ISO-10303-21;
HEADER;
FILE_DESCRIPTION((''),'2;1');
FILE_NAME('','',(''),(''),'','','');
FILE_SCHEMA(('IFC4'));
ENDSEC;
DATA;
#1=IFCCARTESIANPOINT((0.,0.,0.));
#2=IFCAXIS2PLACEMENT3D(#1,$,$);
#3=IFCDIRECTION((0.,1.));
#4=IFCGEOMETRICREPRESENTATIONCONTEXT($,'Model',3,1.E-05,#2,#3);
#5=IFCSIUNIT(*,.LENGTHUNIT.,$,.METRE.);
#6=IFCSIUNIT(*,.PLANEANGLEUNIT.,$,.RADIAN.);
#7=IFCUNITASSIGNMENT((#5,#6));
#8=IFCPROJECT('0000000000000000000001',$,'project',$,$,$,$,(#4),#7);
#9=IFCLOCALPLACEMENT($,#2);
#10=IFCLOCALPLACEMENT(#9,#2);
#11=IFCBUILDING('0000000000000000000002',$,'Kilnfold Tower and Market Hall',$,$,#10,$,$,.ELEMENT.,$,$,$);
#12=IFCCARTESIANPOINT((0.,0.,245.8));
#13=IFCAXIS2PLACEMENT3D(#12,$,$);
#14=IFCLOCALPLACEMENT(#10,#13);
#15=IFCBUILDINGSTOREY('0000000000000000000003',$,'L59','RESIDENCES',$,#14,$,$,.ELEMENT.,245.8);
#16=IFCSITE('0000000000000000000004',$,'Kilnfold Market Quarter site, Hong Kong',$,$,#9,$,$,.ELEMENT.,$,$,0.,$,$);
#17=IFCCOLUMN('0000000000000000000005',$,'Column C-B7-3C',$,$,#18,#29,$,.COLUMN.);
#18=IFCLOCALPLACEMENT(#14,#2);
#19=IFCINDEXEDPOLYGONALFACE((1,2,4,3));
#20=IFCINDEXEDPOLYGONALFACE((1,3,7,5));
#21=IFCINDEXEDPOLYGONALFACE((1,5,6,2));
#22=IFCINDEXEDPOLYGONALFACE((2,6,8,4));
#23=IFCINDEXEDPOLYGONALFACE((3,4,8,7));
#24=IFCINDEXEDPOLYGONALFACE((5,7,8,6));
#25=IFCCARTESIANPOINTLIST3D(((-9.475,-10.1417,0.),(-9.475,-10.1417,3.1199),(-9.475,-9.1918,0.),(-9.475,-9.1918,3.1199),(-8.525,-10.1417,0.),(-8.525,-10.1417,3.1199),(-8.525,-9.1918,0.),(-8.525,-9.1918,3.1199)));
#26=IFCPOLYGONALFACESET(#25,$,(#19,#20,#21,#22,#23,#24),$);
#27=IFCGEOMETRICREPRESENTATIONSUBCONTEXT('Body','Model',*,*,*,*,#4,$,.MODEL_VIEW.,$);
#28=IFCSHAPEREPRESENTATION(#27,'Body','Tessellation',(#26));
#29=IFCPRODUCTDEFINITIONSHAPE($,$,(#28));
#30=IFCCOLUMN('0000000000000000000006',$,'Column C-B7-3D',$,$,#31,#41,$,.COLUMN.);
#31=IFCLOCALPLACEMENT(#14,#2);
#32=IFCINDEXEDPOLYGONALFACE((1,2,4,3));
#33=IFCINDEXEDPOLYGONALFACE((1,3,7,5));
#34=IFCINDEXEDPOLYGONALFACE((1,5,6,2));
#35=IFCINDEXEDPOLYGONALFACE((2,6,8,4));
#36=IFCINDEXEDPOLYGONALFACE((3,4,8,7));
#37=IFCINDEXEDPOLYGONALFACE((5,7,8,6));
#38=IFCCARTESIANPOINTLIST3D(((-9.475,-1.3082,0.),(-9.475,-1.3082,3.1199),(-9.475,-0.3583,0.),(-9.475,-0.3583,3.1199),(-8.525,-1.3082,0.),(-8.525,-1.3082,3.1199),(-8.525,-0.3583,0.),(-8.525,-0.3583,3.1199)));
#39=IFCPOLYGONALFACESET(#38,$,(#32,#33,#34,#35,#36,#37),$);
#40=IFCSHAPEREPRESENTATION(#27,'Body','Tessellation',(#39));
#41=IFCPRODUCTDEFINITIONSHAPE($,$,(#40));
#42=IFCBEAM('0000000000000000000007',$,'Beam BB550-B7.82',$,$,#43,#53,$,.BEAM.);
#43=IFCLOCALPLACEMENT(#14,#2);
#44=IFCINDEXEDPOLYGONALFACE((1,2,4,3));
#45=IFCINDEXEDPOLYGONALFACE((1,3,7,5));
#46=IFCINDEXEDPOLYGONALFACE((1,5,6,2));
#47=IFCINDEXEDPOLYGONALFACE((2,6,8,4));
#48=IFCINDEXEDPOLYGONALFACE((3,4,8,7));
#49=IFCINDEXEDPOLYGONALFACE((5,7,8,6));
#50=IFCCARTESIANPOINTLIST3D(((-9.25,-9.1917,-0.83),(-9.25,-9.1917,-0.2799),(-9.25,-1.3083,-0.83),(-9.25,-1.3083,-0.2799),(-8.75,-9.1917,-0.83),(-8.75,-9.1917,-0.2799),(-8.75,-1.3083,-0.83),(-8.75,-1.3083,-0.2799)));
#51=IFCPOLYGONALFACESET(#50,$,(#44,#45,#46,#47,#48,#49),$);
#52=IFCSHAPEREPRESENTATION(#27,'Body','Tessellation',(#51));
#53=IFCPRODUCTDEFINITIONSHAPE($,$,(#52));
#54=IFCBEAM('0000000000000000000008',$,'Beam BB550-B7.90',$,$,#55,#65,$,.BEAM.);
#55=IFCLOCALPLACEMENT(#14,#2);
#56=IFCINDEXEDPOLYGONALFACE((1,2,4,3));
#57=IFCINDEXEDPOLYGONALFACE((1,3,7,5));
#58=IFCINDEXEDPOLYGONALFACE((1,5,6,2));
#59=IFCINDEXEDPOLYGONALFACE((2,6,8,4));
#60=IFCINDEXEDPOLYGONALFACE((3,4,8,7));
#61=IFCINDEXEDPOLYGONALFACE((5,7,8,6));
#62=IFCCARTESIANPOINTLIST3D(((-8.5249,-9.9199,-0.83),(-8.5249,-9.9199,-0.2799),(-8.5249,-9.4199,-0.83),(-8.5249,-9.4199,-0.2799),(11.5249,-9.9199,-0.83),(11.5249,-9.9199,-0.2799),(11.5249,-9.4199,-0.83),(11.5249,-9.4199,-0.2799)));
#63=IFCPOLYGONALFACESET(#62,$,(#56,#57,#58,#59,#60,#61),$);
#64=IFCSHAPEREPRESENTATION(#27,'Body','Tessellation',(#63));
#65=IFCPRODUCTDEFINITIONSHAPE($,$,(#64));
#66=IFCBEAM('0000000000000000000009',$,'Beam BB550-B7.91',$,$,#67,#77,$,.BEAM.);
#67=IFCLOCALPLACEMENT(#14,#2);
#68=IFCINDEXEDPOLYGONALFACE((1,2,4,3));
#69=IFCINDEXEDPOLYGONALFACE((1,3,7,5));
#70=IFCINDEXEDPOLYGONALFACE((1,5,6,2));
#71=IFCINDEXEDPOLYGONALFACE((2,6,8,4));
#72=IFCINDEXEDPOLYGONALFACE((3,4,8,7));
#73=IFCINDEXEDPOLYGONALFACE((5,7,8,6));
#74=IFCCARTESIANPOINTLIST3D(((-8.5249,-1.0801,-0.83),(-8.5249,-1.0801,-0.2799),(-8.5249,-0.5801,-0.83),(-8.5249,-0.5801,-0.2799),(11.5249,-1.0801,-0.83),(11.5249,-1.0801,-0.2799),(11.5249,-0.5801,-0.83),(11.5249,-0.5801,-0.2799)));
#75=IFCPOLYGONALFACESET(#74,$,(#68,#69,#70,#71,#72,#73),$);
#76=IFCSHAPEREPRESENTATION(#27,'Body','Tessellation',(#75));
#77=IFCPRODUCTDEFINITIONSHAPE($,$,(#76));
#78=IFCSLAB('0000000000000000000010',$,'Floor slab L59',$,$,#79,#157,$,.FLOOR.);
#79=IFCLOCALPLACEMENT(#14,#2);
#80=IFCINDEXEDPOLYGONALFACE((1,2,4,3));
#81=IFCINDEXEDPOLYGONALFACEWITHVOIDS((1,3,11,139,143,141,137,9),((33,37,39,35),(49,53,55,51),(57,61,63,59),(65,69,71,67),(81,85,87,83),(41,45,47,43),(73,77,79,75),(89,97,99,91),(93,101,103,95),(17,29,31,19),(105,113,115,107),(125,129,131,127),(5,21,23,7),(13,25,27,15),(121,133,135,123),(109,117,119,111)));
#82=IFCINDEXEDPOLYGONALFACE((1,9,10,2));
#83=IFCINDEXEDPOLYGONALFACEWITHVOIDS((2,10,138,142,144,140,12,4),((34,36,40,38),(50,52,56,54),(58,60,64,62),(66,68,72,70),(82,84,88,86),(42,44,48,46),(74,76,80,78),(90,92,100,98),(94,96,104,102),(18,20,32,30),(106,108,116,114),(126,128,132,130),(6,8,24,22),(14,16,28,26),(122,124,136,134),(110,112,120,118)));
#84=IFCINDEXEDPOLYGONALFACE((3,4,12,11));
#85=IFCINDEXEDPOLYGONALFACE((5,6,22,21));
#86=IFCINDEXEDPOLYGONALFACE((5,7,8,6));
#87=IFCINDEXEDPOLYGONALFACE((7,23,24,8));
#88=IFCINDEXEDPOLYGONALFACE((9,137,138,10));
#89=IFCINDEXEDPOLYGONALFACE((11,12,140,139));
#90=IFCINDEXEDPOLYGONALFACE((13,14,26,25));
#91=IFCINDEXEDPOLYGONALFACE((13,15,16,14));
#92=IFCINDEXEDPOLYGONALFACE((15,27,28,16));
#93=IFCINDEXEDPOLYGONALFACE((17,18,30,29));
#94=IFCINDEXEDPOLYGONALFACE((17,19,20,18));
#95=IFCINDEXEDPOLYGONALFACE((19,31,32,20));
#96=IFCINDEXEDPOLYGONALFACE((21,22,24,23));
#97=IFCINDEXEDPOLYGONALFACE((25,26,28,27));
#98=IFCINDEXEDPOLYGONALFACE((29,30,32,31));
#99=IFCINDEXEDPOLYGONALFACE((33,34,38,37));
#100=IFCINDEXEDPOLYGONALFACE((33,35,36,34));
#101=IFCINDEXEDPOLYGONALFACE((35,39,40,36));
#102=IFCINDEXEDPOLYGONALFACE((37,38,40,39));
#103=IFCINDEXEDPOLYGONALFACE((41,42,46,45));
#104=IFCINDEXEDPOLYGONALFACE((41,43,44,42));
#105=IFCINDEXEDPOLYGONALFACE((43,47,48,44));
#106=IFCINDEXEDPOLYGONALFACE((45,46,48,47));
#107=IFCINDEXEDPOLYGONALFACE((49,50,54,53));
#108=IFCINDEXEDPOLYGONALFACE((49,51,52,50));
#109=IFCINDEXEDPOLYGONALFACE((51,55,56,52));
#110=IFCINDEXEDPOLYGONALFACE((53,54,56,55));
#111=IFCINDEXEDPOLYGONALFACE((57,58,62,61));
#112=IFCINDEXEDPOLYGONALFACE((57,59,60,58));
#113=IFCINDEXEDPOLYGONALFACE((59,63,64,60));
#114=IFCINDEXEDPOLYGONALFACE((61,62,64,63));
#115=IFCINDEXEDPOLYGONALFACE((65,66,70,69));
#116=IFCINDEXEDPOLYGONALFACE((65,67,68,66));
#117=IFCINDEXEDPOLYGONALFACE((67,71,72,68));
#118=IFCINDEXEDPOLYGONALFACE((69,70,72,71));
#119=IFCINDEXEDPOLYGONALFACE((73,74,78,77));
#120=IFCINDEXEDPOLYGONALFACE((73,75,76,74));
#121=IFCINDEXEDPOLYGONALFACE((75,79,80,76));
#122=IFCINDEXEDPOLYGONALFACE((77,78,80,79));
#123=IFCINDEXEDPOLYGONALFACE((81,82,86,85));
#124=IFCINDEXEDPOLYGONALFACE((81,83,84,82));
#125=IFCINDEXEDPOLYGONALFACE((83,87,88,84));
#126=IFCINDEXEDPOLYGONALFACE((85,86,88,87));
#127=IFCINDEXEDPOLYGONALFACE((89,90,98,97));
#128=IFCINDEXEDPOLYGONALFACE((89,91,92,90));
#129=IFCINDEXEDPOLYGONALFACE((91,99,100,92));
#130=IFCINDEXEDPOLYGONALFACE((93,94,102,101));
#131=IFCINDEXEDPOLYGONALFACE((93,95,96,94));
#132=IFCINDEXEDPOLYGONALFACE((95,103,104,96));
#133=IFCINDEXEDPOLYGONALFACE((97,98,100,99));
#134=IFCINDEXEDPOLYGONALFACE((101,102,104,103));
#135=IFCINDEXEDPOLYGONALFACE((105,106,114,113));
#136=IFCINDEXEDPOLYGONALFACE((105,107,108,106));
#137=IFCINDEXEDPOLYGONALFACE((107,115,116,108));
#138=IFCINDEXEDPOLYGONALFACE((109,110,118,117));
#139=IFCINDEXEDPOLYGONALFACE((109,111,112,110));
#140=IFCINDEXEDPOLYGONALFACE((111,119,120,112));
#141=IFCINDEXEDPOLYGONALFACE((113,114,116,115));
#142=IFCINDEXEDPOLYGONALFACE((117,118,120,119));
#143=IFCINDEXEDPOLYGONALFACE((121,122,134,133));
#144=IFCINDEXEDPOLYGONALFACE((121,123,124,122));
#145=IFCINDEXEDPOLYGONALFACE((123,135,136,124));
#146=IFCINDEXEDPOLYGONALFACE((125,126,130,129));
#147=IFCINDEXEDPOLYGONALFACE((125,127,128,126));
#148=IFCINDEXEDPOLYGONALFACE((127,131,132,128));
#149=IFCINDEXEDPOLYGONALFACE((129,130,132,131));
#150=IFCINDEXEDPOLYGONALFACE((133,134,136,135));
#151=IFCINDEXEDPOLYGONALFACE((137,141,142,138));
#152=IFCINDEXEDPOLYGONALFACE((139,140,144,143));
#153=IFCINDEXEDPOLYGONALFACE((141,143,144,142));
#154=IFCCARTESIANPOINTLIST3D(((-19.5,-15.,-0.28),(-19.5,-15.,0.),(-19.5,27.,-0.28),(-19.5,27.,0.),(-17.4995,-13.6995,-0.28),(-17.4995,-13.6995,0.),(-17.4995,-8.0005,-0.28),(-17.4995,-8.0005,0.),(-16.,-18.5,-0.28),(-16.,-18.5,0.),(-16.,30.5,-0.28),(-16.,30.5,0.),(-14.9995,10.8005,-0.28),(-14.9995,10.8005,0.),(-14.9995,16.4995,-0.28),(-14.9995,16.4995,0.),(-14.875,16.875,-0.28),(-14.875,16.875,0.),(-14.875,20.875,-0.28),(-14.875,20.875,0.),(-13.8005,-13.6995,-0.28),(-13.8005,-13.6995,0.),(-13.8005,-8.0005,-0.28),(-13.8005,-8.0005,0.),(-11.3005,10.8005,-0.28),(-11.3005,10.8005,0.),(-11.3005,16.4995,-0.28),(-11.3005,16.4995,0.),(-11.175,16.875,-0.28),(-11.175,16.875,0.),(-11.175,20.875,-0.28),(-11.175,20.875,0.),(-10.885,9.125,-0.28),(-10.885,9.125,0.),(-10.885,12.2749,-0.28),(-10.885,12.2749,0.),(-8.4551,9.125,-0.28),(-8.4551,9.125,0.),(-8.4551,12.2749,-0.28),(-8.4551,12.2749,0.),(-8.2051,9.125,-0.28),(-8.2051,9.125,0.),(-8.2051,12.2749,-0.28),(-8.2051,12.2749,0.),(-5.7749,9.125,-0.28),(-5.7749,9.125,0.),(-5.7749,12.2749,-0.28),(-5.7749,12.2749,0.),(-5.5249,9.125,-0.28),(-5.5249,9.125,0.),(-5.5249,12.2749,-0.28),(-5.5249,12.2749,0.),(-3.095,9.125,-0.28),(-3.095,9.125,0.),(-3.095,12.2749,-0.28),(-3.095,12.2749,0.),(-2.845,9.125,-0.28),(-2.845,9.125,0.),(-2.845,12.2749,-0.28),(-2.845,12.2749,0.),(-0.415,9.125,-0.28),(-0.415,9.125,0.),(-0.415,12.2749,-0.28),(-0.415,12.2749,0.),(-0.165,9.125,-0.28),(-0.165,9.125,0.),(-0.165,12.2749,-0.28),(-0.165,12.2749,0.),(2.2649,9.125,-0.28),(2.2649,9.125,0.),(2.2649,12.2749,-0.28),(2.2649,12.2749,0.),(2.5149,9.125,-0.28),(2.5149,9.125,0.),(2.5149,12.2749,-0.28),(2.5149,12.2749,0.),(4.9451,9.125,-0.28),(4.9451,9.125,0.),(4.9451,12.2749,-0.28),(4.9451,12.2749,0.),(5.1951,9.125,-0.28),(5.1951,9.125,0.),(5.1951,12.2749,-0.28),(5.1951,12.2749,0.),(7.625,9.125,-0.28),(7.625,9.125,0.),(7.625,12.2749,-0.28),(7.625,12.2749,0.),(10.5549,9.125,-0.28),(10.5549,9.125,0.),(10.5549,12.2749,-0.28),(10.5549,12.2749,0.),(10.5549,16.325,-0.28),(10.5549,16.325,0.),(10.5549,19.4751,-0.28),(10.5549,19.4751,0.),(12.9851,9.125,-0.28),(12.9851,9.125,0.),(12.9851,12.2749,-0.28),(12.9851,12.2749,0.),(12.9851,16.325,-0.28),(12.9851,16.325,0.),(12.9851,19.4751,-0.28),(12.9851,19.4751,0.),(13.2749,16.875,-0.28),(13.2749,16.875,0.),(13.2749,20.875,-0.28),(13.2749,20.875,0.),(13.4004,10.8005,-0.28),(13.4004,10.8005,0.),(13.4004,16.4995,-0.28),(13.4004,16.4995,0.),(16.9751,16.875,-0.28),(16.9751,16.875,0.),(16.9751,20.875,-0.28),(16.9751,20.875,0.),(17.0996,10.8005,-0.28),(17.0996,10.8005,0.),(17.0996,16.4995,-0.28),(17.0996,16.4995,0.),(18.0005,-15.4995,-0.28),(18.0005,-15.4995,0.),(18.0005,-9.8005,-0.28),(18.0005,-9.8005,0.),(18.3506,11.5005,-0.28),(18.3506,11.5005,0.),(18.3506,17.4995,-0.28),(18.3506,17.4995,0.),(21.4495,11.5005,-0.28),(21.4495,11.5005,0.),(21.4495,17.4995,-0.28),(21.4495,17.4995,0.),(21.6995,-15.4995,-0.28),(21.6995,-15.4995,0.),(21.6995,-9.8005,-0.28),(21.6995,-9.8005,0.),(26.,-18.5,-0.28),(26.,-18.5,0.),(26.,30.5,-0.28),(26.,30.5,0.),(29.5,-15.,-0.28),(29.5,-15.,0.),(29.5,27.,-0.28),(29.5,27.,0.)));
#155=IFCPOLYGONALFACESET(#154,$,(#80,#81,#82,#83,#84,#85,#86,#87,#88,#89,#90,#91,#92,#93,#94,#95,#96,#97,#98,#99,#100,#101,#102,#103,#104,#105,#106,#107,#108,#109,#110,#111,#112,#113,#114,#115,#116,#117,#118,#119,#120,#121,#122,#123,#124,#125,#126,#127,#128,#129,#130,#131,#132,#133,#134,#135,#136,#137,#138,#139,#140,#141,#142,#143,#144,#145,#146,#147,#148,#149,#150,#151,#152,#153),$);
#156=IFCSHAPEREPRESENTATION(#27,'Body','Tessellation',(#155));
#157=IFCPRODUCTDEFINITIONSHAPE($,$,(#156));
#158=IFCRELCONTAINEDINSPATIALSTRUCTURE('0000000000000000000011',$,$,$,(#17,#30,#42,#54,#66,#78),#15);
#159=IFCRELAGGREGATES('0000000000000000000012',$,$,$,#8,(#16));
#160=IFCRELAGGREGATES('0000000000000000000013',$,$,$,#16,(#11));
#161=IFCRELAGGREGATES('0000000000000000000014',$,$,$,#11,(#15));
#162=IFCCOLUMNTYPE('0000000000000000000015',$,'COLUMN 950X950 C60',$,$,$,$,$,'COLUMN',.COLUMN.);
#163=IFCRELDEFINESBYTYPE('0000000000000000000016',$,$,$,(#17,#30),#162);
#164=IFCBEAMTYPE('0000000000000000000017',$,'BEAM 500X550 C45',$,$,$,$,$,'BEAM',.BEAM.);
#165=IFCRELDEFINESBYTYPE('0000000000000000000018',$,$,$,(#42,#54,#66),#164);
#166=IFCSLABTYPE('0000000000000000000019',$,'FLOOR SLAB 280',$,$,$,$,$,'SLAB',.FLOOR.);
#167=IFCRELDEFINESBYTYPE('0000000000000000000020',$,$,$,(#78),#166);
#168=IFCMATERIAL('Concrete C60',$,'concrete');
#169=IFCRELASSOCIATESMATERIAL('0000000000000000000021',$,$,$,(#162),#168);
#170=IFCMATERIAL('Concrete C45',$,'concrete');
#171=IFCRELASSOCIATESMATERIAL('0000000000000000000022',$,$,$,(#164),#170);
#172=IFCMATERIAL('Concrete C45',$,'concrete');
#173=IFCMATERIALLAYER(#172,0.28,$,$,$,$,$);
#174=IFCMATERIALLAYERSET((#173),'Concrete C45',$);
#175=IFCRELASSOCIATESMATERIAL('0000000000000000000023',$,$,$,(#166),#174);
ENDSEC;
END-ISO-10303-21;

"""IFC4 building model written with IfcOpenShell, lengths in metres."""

from ifc_helpers import new_model, si_unit, direction, frame, origin, origin_2d, place, context, subcontext, project, spatial, polyline, rectangle, outline, extrude, source, transform, mapped, material, layer, layer_set, material_profile, profile_set, type_object, element, save


model = new_model("IFC4")

# Units and contexts
model_context = context("Model", 3, precision=1e-05, world=origin(), true_north=direction((0.0, 1.0)))
body_context = subcontext(model_context, "Body", "Model", "MODEL_VIEW")
ifc_project = project(units=[si_unit("LENGTHUNIT", "METRE"), si_unit("PLANEANGLEUNIT", "RADIAN")], contexts=[model_context])

# Site, building, storey
site_placement = place(None, origin())
site = spatial("IfcSite", under=ifc_project, at=site_placement, Name="Kilnfold Market Quarter site, Hong Kong", CompositionType="ELEMENT", RefElevation=0.0)
building_placement = place(site_placement, origin())
building = spatial("IfcBuilding", under=site, at=building_placement, Name="Kilnfold Tower and Market Hall", CompositionType="ELEMENT")
storey_placement = place(building_placement, frame((0.0, 0.0, 245.8)))
storey = spatial("IfcBuildingStorey", under=building, at=storey_placement, Name="L59", Description="RESIDENCES", CompositionType="ELEMENT", Elevation=245.8)

# Columns
ifc_material_1 = material(Name="Concrete C60", Category="concrete")
ifc_material_profile_1 = material_profile(ifc_material_1, rectangle(XDim=0.95, YDim=0.95, at=origin_2d()), Name="RC 950x950")
ifc_profile_set_1 = profile_set([ifc_material_profile_1], Name="Concrete C60")
column_type = type_object("IfcColumnType", Name="COLUMN 950X950 C60", ElementType="COLUMN", PredefinedType="COLUMN", material=ifc_profile_set_1)
shared_shape_1 = source(origin(), body_context, "Body", "SweptSolid", [
    extrude(rectangle(XDim=0.95, YDim=0.95, at=origin_2d()), origin(), (0.0, 0.0, 1.0), 3.1199),
])
for number, where, z_axis, x_axis, name in (
    (1, (-9.0, -9.6667, 0.0), (0.0, 0.0, 1.0), (1.0, 0.0, 0.0), "Column C-B7-3C"),
    (2, (-9.0, -0.8333, 0.0), (0.0, 0.0, 1.0), (1.0, 0.0, 0.0), "Column C-B7-3D"),
):
    element("IfcColumn", number, at=place(storey_placement, frame(where, z_axis=z_axis, x_axis=x_axis)), inside=storey, type_object=column_type, Name=name, PredefinedType="COLUMN", context=body_context, shape_type="MappedRepresentation", body=[
        mapped(shared_shape_1, transform((0.0, 0.0, 0.0))),
    ])

# Beams
ifc_material_2 = material(Name="Concrete C45", Category="concrete")
ifc_material_profile_2 = material_profile(ifc_material_2, rectangle(XDim=0.5, YDim=0.55, at=origin_2d()), Name="RC 500x550")
ifc_profile_set_2 = profile_set([ifc_material_profile_2], Name="Concrete C45")
beam_type = type_object("IfcBeamType", Name="BEAM 500X550 C45", ElementType="BEAM", PredefinedType="BEAM", material=ifc_profile_set_2)
shared_shape_2 = source(origin(), body_context, "Body", "SweptSolid", [
    extrude(rectangle(XDim=0.5, YDim=0.55, at=origin_2d()), origin(), (0.0, 0.0, 1.0), 7.8833),
])
beam_placement = place(storey_placement, frame((-9.0, -9.1917, -0.5549), z_axis=(0.0, 1.0, 0.0), x_axis=(-1.0, 0.0, 0.0)))
element("IfcBeam", 3, at=beam_placement, inside=storey, type_object=beam_type, Name="Beam BB550-B7.82", PredefinedType="BEAM", context=body_context, shape_type="MappedRepresentation", body=[
    mapped(shared_shape_2, transform((0.0, 0.0, 0.0))),
])
shared_shape_3 = source(origin(), body_context, "Body", "SweptSolid", [
    extrude(rectangle(XDim=0.5, YDim=0.55, at=origin_2d()), origin(), (0.0, 0.0, 1.0), 20.0498),
])
for number, where, z_axis, x_axis, name in (
    (4, (-8.5249, -9.6699, -0.5549), (1.0, 0.0, 0.0), (0.0, 1.0, 0.0), "Beam BB550-B7.90"),
    (5, (-8.5249, -0.8301, -0.5549), (1.0, 0.0, 0.0), (0.0, 1.0, 0.0), "Beam BB550-B7.91"),
):
    element("IfcBeam", number, at=place(storey_placement, frame(where, z_axis=z_axis, x_axis=x_axis)), inside=storey, type_object=beam_type, Name=name, PredefinedType="BEAM", context=body_context, shape_type="MappedRepresentation", body=[
        mapped(shared_shape_3, transform((0.0, 0.0, 0.0))),
    ])

# Slab
ifc_material_3 = material(Name="Concrete C45", Category="concrete")
ifc_layer_1 = layer(ifc_material_3, 0.28)
ifc_layer_set_1 = layer_set([ifc_layer_1], Name="Concrete C45")
slab_type_1 = type_object("IfcSlabType", Name="FLOOR SLAB 280", ElementType="SLAB", PredefinedType="FLOOR", material=ifc_layer_set_1)
shared_shape_4 = source(origin(), body_context, "Body", "SweptSolid", [
    extrude(outline(polyline([(-16.0, -18.5), (26.0, -18.5), (29.5, -15.0), (29.5, 27.0), (26.0, 30.5), (-16.0, 30.5), (-19.5, 27.0), (-19.5, -15.0), (-16.0, -18.5)]), holes=[polyline([(-13.8005, -13.6995), (-17.4995, -13.6995), (-17.4995, -8.0005), (-13.8005, -8.0005), (-13.8005, -13.6995)]), polyline([(-11.3005, 10.8005), (-14.9995, 10.8005), (-14.9995, 16.4995), (-11.3005, 16.4995), (-11.3005, 10.8005)]), polyline([(-11.175, 16.875), (-14.875, 16.875), (-14.875, 20.875), (-11.175, 20.875), (-11.175, 16.875)]), polyline([(-8.4551, 9.125), (-10.885, 9.125), (-10.885, 12.2749), (-8.4551, 12.2749), (-8.4551, 9.125)]), polyline([(-5.7749, 9.125), (-8.2051, 9.125), (-8.2051, 12.2749), (-5.7749, 12.2749), (-5.7749, 9.125)]), polyline([(-3.095, 9.125), (-5.5249, 9.125), (-5.5249, 12.2749), (-3.095, 12.2749), (-3.095, 9.125)]), polyline([(-0.415, 9.125), (-2.845, 9.125), (-2.845, 12.2749), (-0.415, 12.2749), (-0.415, 9.125)]), polyline([(2.2649, 9.125), (-0.165, 9.125), (-0.165, 12.2749), (2.2649, 12.2749), (2.2649, 9.125)]), polyline([(4.9451, 9.125), (2.5149, 9.125), (2.5149, 12.2749), (4.9451, 12.2749), (4.9451, 9.125)]), polyline([(7.625, 9.125), (5.1951, 9.125), (5.1951, 12.2749), (7.625, 12.2749), (7.625, 9.125)]), polyline([(12.9851, 9.125), (10.5549, 9.125), (10.5549, 12.2749), (12.9851, 12.2749), (12.9851, 9.125)]), polyline([(12.9851, 16.325), (10.5549, 16.325), (10.5549, 19.4751), (12.9851, 19.4751), (12.9851, 16.325)]), polyline([(16.9751, 16.875), (13.2749, 16.875), (13.2749, 20.875), (16.9751, 20.875), (16.9751, 16.875)]), polyline([(17.0996, 10.8005), (13.4004, 10.8005), (13.4004, 16.4995), (17.0996, 16.4995), (17.0996, 10.8005)]), polyline([(18.0005, -9.8005), (21.6995, -9.8005), (21.6995, -15.4995), (18.0005, -15.4995), (18.0005, -9.8005)]), polyline([(21.4495, 11.5005), (18.3506, 11.5005), (18.3506, 17.4995), (21.4495, 17.4995), (21.4495, 11.5005)])]), origin(), (0.0, 0.0, 1.0), 0.28),
])
slab_1_placement = place(storey_placement, frame((0.0, 0.0, -0.28)))
element("IfcSlab", 6, at=slab_1_placement, inside=storey, type_object=slab_type_1, Name="Floor slab L59", PredefinedType="FLOOR", context=body_context, shape_type="MappedRepresentation", body=[
    mapped(shared_shape_4, transform((0.0, 0.0, 0.0))),
])

save(model, "model.ifc")
